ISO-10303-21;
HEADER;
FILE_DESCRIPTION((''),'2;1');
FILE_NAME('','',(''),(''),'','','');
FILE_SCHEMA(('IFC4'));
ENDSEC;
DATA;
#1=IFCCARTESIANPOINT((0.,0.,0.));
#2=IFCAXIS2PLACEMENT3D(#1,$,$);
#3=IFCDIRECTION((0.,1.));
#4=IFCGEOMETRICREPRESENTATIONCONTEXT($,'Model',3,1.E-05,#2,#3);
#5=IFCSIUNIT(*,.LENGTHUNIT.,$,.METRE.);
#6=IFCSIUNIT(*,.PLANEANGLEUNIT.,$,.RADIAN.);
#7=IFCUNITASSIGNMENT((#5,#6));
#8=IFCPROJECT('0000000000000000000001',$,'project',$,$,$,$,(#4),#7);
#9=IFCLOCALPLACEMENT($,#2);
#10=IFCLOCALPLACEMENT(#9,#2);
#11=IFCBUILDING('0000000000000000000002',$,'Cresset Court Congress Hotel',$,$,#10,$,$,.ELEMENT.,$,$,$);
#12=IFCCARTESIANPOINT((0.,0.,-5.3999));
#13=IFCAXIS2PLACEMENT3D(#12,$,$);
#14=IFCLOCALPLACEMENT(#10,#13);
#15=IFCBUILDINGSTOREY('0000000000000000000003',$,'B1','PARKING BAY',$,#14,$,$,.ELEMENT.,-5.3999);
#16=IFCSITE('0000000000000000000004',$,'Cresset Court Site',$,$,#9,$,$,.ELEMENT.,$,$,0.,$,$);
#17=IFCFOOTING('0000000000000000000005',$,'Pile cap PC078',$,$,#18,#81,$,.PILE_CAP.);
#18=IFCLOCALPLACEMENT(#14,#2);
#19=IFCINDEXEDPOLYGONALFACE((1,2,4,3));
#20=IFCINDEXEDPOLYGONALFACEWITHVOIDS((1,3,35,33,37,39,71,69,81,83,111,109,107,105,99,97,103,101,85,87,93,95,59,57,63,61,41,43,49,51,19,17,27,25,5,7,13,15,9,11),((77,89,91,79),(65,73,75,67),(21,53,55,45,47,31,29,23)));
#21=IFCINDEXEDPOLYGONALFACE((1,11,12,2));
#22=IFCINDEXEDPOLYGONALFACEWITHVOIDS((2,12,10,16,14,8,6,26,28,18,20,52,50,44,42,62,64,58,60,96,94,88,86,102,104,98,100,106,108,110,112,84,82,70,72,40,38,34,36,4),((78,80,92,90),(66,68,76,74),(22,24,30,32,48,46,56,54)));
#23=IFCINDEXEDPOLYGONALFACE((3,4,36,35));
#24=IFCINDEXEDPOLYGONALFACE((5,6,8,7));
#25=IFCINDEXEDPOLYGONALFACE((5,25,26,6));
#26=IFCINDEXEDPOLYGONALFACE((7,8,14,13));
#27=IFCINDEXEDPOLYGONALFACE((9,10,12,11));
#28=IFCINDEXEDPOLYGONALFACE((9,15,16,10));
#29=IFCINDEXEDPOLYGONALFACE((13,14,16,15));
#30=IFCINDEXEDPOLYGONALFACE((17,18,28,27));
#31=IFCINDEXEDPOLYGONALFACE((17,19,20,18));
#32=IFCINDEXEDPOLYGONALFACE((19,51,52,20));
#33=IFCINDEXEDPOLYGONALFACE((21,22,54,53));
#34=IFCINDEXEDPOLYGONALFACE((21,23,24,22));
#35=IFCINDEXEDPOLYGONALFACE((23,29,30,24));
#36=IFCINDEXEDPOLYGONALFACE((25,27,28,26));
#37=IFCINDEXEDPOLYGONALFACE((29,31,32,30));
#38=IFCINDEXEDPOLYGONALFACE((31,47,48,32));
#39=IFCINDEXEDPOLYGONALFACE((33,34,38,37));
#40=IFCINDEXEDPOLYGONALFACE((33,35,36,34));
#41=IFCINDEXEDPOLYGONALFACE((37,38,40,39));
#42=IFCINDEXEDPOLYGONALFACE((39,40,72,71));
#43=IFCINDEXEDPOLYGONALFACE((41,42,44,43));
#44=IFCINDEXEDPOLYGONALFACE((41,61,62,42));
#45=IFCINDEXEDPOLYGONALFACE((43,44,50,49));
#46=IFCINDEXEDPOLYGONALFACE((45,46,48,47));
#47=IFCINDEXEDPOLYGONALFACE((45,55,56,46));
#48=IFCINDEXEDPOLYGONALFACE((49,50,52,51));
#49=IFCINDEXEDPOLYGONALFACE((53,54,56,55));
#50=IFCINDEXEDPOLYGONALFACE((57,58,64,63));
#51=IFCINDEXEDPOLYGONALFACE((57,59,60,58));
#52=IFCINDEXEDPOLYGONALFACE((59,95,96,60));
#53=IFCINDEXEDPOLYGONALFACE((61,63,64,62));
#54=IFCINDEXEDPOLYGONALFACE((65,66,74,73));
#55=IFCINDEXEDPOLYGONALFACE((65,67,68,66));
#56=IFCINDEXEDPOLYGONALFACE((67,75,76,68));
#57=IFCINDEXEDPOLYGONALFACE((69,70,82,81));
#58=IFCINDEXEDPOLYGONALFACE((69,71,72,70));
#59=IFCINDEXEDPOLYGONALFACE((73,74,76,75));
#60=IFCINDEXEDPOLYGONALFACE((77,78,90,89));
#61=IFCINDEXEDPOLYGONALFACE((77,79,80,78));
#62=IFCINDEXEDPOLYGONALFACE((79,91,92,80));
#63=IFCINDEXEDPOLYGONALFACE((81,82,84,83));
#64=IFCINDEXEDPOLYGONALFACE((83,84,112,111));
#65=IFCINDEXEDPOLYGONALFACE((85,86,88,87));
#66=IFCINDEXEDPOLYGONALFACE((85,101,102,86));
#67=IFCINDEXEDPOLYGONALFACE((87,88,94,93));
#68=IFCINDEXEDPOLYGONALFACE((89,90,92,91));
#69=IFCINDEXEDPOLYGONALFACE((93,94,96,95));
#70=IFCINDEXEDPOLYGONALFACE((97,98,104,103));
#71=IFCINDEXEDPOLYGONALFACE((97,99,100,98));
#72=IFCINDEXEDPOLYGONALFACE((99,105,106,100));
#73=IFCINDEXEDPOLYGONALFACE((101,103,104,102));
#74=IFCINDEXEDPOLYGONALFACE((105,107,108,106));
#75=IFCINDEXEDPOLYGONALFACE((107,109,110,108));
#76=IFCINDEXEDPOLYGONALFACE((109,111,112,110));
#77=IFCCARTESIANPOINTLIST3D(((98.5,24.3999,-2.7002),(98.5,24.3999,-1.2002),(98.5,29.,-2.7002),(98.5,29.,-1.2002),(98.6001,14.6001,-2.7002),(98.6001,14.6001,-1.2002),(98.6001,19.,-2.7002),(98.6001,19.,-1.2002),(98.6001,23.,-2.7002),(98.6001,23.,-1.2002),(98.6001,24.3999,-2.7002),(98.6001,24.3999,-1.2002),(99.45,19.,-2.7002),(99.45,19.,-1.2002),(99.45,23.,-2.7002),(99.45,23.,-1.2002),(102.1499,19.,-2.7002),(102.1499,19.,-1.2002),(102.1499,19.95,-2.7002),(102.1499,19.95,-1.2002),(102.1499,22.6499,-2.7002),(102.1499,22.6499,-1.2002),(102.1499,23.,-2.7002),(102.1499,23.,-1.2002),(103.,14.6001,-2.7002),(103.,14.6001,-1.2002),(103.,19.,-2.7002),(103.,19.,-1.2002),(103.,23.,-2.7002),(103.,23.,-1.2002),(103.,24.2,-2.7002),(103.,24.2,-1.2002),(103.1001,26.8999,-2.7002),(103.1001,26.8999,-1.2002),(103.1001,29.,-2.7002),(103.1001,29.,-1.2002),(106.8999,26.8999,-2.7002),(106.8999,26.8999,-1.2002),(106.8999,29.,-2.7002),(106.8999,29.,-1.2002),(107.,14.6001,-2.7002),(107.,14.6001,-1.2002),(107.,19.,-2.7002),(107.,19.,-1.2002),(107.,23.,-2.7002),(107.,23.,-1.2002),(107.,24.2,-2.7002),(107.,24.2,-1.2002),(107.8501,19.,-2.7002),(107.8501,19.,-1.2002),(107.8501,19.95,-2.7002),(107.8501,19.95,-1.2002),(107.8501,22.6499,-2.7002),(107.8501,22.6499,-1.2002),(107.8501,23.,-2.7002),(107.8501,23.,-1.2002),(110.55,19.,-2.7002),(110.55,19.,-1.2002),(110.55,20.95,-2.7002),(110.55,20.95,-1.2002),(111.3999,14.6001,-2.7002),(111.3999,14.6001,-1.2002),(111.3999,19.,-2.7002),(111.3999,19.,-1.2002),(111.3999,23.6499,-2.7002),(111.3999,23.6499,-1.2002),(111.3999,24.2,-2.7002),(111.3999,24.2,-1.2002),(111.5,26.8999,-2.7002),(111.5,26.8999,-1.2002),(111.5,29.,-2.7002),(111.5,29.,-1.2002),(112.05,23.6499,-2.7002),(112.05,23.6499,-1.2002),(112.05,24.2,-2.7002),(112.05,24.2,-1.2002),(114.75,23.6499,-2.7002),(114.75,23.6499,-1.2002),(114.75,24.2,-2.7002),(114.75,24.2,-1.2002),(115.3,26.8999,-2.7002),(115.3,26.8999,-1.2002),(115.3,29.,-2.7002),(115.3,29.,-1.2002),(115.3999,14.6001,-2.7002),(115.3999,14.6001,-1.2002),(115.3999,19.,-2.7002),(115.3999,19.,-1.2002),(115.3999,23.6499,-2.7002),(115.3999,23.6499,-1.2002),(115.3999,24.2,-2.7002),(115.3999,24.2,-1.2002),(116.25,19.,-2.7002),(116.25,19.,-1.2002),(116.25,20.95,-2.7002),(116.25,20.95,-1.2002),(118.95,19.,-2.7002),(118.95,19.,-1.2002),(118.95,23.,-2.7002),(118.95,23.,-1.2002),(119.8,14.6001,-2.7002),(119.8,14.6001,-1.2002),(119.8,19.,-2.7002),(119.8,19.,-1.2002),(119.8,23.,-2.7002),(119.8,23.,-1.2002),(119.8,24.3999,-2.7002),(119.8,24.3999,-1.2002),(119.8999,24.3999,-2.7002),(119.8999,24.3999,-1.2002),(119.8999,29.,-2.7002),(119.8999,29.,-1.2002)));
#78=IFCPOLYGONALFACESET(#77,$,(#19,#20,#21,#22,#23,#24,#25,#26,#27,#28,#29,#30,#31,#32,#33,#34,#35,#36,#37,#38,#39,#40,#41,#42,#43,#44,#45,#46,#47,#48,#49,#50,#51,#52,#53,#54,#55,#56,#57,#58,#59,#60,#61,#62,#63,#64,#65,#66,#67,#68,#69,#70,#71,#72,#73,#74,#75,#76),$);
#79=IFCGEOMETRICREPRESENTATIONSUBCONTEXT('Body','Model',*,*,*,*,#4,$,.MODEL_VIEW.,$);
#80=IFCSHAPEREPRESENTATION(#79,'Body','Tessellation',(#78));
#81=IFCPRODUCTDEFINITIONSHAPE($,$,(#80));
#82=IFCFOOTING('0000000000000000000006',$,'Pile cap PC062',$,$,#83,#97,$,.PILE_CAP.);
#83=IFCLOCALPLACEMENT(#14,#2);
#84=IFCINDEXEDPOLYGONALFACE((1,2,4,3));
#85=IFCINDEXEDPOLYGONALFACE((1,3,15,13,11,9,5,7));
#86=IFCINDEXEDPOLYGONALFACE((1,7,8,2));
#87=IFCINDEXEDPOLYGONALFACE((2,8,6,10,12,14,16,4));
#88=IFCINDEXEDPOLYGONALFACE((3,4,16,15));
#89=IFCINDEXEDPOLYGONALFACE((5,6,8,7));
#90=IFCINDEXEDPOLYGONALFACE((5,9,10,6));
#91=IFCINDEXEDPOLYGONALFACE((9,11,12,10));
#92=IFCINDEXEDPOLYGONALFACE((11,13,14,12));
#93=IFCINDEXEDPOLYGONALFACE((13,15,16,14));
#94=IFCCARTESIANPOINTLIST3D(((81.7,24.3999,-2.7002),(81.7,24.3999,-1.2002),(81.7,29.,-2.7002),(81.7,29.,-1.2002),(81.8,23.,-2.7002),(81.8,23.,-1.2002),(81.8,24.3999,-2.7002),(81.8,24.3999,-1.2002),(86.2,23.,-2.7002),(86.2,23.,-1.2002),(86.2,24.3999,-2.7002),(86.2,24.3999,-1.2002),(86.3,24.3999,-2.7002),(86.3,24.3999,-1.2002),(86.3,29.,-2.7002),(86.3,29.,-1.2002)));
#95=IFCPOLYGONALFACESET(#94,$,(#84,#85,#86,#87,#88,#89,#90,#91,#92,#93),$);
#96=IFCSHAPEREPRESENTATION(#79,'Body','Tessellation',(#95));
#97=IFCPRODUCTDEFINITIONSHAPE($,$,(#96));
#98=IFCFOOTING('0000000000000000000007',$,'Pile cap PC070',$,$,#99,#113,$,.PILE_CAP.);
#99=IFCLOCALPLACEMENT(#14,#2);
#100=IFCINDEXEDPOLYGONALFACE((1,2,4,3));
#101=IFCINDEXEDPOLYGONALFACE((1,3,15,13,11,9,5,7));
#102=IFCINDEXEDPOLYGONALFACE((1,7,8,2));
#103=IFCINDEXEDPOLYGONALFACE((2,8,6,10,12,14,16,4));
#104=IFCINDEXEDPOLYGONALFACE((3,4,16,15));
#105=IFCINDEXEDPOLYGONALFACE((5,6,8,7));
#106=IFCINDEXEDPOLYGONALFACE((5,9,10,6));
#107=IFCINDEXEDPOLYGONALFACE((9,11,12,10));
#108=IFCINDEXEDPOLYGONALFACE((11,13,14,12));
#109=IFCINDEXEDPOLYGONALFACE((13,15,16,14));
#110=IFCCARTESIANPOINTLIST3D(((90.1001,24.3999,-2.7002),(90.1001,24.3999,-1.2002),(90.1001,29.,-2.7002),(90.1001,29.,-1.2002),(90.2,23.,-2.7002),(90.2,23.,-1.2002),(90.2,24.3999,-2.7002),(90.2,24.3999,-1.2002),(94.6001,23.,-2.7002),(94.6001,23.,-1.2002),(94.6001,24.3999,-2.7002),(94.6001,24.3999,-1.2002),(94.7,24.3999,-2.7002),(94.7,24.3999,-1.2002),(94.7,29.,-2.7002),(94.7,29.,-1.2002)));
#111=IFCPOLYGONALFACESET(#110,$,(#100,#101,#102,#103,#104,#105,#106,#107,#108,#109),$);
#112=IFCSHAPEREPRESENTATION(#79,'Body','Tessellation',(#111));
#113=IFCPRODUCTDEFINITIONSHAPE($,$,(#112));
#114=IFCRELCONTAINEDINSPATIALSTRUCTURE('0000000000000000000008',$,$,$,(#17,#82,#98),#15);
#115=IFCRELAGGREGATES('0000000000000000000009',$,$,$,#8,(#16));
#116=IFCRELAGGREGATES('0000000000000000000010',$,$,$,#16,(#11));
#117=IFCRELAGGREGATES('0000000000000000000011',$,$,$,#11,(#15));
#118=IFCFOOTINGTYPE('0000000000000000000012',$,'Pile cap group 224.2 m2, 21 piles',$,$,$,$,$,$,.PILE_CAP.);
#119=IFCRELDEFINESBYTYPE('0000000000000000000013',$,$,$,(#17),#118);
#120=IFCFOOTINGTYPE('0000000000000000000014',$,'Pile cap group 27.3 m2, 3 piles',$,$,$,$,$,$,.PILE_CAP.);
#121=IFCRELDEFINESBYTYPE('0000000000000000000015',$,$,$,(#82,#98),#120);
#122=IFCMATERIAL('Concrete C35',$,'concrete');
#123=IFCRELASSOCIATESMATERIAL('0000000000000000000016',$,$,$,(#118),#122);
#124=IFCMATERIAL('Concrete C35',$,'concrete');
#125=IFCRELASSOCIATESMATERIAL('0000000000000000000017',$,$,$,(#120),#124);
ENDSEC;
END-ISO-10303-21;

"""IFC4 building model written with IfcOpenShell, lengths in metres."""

from ifc_helpers import new_model, si_unit, direction, frame, origin, place, context, subcontext, project, spatial, polyline, outline, extrude, material, type_object, element, save


model = new_model("IFC4")

# Units and contexts
model_context = context("Model", 3, precision=1e-05, world=origin(), true_north=direction((0.0, 1.0)))
body_context = subcontext(model_context, "Body", "Model", "MODEL_VIEW")
ifc_project = project(units=[si_unit("LENGTHUNIT", "METRE"), si_unit("PLANEANGLEUNIT", "RADIAN")], contexts=[model_context])

# Site, building, storey
site_placement = place(None, origin())
site = spatial("IfcSite", under=ifc_project, at=site_placement, Name="Cresset Court Site", CompositionType="ELEMENT", RefElevation=0.0)
building_placement = place(site_placement, origin())
building = spatial("IfcBuilding", under=site, at=building_placement, Name="Cresset Court Congress Hotel", CompositionType="ELEMENT")
storey_placement = place(building_placement, frame((0.0, 0.0, -5.3999)))
storey = spatial("IfcBuildingStorey", under=building, at=storey_placement, Name="B1", Description="PARKING BAY", CompositionType="ELEMENT", Elevation=-5.3999)

# Footings
ifc_material_1 = material(Name="Concrete C35", Category="concrete")
footing_type_1 = type_object("IfcFootingType", Name="Pile cap group 224.2 m2, 21 piles", PredefinedType="PILE_CAP", material=ifc_material_1)
footing_1_placement = place(storey_placement, frame((0.0, 0.0, -2.7002)))
element("IfcFooting", 1, at=footing_1_placement, inside=storey, type_object=footing_type_1, Name="Pile cap PC078", PredefinedType="PILE_CAP", context=body_context, shape_type="SweptSolid", body=[
    extrude(outline(polyline([(110.55, 19.0), (111.3999, 19.0), (111.3999, 14.6001), (107.0, 14.6001), (107.0, 19.0), (107.8501, 19.0), (107.8501, 19.95), (102.1499, 19.95), (102.1499, 19.0), (103.0, 19.0), (103.0, 14.6001), (98.6001, 14.6001), (98.6001, 19.0), (99.45, 19.0), (99.45, 23.0), (98.6001, 23.0), (98.6001, 24.3999), (98.5, 24.3999), (98.5, 29.0), (103.1001, 29.0), (103.1001, 26.8999), (106.8999, 26.8999), (106.8999, 29.0), (111.5, 29.0), (111.5, 26.8999), (115.3, 26.8999), (115.3, 29.0), (119.8999, 29.0), (119.8999, 24.3999), (119.8, 24.3999), (119.8, 23.0), (118.95, 23.0), (118.95, 19.0), (119.8, 19.0), (119.8, 14.6001), (115.3999, 14.6001), (115.3999, 19.0), (116.25, 19.0), (116.25, 20.95), (110.55, 20.95), (110.55, 19.0)]), holes=[polyline([(114.75, 23.6499), (115.3999, 23.6499), (115.3999, 24.2), (114.75, 24.2), (114.75, 23.6499)]), polyline([(111.3999, 23.6499), (112.05, 23.6499), (112.05, 24.2), (111.3999, 24.2), (111.3999, 23.6499)]), polyline([(103.0, 23.0), (102.1499, 23.0), (102.1499, 22.6499), (107.8501, 22.6499), (107.8501, 23.0), (107.0, 23.0), (107.0, 24.2), (103.0, 24.2), (103.0, 23.0)])]), origin(), (0.0, 0.0, 1.0), 1.5),
])
ifc_material_2 = material(Name="Concrete C35", Category="concrete")
footing_type_2 = type_object("IfcFootingType", Name="Pile cap group 27.3 m2, 3 piles", PredefinedType="PILE_CAP", material=ifc_material_2)
footing_2_placement = place(storey_placement, frame((0.0, 0.0, -2.7002)))
element("IfcFooting", 2, at=footing_2_placement, inside=storey, type_object=footing_type_2, Name="Pile cap PC062", PredefinedType="PILE_CAP", context=body_context, shape_type="SweptSolid", body=[
    extrude(outline(polyline([(86.2, 23.0), (81.8, 23.0), (81.8, 24.3999), (81.7, 24.3999), (81.7, 29.0), (86.3, 29.0), (86.3, 24.3999), (86.2, 24.3999), (86.2, 23.0)])), origin(), (0.0, 0.0, 1.0), 1.5),
])
footing_3_placement = place(storey_placement, frame((0.0, 0.0, -2.7002)))
element("IfcFooting", 3, at=footing_3_placement, inside=storey, type_object=footing_type_2, Name="Pile cap PC070", PredefinedType="PILE_CAP", context=body_context, shape_type="SweptSolid", body=[
    extrude(outline(polyline([(94.6001, 24.3999), (94.6001, 23.0), (90.2, 23.0), (90.2, 24.3999), (90.1001, 24.3999), (90.1001, 29.0), (94.7, 29.0), (94.7, 24.3999), (94.6001, 24.3999)])), origin(), (0.0, 0.0, 1.0), 1.5),
])

save(model, "model.ifc")
